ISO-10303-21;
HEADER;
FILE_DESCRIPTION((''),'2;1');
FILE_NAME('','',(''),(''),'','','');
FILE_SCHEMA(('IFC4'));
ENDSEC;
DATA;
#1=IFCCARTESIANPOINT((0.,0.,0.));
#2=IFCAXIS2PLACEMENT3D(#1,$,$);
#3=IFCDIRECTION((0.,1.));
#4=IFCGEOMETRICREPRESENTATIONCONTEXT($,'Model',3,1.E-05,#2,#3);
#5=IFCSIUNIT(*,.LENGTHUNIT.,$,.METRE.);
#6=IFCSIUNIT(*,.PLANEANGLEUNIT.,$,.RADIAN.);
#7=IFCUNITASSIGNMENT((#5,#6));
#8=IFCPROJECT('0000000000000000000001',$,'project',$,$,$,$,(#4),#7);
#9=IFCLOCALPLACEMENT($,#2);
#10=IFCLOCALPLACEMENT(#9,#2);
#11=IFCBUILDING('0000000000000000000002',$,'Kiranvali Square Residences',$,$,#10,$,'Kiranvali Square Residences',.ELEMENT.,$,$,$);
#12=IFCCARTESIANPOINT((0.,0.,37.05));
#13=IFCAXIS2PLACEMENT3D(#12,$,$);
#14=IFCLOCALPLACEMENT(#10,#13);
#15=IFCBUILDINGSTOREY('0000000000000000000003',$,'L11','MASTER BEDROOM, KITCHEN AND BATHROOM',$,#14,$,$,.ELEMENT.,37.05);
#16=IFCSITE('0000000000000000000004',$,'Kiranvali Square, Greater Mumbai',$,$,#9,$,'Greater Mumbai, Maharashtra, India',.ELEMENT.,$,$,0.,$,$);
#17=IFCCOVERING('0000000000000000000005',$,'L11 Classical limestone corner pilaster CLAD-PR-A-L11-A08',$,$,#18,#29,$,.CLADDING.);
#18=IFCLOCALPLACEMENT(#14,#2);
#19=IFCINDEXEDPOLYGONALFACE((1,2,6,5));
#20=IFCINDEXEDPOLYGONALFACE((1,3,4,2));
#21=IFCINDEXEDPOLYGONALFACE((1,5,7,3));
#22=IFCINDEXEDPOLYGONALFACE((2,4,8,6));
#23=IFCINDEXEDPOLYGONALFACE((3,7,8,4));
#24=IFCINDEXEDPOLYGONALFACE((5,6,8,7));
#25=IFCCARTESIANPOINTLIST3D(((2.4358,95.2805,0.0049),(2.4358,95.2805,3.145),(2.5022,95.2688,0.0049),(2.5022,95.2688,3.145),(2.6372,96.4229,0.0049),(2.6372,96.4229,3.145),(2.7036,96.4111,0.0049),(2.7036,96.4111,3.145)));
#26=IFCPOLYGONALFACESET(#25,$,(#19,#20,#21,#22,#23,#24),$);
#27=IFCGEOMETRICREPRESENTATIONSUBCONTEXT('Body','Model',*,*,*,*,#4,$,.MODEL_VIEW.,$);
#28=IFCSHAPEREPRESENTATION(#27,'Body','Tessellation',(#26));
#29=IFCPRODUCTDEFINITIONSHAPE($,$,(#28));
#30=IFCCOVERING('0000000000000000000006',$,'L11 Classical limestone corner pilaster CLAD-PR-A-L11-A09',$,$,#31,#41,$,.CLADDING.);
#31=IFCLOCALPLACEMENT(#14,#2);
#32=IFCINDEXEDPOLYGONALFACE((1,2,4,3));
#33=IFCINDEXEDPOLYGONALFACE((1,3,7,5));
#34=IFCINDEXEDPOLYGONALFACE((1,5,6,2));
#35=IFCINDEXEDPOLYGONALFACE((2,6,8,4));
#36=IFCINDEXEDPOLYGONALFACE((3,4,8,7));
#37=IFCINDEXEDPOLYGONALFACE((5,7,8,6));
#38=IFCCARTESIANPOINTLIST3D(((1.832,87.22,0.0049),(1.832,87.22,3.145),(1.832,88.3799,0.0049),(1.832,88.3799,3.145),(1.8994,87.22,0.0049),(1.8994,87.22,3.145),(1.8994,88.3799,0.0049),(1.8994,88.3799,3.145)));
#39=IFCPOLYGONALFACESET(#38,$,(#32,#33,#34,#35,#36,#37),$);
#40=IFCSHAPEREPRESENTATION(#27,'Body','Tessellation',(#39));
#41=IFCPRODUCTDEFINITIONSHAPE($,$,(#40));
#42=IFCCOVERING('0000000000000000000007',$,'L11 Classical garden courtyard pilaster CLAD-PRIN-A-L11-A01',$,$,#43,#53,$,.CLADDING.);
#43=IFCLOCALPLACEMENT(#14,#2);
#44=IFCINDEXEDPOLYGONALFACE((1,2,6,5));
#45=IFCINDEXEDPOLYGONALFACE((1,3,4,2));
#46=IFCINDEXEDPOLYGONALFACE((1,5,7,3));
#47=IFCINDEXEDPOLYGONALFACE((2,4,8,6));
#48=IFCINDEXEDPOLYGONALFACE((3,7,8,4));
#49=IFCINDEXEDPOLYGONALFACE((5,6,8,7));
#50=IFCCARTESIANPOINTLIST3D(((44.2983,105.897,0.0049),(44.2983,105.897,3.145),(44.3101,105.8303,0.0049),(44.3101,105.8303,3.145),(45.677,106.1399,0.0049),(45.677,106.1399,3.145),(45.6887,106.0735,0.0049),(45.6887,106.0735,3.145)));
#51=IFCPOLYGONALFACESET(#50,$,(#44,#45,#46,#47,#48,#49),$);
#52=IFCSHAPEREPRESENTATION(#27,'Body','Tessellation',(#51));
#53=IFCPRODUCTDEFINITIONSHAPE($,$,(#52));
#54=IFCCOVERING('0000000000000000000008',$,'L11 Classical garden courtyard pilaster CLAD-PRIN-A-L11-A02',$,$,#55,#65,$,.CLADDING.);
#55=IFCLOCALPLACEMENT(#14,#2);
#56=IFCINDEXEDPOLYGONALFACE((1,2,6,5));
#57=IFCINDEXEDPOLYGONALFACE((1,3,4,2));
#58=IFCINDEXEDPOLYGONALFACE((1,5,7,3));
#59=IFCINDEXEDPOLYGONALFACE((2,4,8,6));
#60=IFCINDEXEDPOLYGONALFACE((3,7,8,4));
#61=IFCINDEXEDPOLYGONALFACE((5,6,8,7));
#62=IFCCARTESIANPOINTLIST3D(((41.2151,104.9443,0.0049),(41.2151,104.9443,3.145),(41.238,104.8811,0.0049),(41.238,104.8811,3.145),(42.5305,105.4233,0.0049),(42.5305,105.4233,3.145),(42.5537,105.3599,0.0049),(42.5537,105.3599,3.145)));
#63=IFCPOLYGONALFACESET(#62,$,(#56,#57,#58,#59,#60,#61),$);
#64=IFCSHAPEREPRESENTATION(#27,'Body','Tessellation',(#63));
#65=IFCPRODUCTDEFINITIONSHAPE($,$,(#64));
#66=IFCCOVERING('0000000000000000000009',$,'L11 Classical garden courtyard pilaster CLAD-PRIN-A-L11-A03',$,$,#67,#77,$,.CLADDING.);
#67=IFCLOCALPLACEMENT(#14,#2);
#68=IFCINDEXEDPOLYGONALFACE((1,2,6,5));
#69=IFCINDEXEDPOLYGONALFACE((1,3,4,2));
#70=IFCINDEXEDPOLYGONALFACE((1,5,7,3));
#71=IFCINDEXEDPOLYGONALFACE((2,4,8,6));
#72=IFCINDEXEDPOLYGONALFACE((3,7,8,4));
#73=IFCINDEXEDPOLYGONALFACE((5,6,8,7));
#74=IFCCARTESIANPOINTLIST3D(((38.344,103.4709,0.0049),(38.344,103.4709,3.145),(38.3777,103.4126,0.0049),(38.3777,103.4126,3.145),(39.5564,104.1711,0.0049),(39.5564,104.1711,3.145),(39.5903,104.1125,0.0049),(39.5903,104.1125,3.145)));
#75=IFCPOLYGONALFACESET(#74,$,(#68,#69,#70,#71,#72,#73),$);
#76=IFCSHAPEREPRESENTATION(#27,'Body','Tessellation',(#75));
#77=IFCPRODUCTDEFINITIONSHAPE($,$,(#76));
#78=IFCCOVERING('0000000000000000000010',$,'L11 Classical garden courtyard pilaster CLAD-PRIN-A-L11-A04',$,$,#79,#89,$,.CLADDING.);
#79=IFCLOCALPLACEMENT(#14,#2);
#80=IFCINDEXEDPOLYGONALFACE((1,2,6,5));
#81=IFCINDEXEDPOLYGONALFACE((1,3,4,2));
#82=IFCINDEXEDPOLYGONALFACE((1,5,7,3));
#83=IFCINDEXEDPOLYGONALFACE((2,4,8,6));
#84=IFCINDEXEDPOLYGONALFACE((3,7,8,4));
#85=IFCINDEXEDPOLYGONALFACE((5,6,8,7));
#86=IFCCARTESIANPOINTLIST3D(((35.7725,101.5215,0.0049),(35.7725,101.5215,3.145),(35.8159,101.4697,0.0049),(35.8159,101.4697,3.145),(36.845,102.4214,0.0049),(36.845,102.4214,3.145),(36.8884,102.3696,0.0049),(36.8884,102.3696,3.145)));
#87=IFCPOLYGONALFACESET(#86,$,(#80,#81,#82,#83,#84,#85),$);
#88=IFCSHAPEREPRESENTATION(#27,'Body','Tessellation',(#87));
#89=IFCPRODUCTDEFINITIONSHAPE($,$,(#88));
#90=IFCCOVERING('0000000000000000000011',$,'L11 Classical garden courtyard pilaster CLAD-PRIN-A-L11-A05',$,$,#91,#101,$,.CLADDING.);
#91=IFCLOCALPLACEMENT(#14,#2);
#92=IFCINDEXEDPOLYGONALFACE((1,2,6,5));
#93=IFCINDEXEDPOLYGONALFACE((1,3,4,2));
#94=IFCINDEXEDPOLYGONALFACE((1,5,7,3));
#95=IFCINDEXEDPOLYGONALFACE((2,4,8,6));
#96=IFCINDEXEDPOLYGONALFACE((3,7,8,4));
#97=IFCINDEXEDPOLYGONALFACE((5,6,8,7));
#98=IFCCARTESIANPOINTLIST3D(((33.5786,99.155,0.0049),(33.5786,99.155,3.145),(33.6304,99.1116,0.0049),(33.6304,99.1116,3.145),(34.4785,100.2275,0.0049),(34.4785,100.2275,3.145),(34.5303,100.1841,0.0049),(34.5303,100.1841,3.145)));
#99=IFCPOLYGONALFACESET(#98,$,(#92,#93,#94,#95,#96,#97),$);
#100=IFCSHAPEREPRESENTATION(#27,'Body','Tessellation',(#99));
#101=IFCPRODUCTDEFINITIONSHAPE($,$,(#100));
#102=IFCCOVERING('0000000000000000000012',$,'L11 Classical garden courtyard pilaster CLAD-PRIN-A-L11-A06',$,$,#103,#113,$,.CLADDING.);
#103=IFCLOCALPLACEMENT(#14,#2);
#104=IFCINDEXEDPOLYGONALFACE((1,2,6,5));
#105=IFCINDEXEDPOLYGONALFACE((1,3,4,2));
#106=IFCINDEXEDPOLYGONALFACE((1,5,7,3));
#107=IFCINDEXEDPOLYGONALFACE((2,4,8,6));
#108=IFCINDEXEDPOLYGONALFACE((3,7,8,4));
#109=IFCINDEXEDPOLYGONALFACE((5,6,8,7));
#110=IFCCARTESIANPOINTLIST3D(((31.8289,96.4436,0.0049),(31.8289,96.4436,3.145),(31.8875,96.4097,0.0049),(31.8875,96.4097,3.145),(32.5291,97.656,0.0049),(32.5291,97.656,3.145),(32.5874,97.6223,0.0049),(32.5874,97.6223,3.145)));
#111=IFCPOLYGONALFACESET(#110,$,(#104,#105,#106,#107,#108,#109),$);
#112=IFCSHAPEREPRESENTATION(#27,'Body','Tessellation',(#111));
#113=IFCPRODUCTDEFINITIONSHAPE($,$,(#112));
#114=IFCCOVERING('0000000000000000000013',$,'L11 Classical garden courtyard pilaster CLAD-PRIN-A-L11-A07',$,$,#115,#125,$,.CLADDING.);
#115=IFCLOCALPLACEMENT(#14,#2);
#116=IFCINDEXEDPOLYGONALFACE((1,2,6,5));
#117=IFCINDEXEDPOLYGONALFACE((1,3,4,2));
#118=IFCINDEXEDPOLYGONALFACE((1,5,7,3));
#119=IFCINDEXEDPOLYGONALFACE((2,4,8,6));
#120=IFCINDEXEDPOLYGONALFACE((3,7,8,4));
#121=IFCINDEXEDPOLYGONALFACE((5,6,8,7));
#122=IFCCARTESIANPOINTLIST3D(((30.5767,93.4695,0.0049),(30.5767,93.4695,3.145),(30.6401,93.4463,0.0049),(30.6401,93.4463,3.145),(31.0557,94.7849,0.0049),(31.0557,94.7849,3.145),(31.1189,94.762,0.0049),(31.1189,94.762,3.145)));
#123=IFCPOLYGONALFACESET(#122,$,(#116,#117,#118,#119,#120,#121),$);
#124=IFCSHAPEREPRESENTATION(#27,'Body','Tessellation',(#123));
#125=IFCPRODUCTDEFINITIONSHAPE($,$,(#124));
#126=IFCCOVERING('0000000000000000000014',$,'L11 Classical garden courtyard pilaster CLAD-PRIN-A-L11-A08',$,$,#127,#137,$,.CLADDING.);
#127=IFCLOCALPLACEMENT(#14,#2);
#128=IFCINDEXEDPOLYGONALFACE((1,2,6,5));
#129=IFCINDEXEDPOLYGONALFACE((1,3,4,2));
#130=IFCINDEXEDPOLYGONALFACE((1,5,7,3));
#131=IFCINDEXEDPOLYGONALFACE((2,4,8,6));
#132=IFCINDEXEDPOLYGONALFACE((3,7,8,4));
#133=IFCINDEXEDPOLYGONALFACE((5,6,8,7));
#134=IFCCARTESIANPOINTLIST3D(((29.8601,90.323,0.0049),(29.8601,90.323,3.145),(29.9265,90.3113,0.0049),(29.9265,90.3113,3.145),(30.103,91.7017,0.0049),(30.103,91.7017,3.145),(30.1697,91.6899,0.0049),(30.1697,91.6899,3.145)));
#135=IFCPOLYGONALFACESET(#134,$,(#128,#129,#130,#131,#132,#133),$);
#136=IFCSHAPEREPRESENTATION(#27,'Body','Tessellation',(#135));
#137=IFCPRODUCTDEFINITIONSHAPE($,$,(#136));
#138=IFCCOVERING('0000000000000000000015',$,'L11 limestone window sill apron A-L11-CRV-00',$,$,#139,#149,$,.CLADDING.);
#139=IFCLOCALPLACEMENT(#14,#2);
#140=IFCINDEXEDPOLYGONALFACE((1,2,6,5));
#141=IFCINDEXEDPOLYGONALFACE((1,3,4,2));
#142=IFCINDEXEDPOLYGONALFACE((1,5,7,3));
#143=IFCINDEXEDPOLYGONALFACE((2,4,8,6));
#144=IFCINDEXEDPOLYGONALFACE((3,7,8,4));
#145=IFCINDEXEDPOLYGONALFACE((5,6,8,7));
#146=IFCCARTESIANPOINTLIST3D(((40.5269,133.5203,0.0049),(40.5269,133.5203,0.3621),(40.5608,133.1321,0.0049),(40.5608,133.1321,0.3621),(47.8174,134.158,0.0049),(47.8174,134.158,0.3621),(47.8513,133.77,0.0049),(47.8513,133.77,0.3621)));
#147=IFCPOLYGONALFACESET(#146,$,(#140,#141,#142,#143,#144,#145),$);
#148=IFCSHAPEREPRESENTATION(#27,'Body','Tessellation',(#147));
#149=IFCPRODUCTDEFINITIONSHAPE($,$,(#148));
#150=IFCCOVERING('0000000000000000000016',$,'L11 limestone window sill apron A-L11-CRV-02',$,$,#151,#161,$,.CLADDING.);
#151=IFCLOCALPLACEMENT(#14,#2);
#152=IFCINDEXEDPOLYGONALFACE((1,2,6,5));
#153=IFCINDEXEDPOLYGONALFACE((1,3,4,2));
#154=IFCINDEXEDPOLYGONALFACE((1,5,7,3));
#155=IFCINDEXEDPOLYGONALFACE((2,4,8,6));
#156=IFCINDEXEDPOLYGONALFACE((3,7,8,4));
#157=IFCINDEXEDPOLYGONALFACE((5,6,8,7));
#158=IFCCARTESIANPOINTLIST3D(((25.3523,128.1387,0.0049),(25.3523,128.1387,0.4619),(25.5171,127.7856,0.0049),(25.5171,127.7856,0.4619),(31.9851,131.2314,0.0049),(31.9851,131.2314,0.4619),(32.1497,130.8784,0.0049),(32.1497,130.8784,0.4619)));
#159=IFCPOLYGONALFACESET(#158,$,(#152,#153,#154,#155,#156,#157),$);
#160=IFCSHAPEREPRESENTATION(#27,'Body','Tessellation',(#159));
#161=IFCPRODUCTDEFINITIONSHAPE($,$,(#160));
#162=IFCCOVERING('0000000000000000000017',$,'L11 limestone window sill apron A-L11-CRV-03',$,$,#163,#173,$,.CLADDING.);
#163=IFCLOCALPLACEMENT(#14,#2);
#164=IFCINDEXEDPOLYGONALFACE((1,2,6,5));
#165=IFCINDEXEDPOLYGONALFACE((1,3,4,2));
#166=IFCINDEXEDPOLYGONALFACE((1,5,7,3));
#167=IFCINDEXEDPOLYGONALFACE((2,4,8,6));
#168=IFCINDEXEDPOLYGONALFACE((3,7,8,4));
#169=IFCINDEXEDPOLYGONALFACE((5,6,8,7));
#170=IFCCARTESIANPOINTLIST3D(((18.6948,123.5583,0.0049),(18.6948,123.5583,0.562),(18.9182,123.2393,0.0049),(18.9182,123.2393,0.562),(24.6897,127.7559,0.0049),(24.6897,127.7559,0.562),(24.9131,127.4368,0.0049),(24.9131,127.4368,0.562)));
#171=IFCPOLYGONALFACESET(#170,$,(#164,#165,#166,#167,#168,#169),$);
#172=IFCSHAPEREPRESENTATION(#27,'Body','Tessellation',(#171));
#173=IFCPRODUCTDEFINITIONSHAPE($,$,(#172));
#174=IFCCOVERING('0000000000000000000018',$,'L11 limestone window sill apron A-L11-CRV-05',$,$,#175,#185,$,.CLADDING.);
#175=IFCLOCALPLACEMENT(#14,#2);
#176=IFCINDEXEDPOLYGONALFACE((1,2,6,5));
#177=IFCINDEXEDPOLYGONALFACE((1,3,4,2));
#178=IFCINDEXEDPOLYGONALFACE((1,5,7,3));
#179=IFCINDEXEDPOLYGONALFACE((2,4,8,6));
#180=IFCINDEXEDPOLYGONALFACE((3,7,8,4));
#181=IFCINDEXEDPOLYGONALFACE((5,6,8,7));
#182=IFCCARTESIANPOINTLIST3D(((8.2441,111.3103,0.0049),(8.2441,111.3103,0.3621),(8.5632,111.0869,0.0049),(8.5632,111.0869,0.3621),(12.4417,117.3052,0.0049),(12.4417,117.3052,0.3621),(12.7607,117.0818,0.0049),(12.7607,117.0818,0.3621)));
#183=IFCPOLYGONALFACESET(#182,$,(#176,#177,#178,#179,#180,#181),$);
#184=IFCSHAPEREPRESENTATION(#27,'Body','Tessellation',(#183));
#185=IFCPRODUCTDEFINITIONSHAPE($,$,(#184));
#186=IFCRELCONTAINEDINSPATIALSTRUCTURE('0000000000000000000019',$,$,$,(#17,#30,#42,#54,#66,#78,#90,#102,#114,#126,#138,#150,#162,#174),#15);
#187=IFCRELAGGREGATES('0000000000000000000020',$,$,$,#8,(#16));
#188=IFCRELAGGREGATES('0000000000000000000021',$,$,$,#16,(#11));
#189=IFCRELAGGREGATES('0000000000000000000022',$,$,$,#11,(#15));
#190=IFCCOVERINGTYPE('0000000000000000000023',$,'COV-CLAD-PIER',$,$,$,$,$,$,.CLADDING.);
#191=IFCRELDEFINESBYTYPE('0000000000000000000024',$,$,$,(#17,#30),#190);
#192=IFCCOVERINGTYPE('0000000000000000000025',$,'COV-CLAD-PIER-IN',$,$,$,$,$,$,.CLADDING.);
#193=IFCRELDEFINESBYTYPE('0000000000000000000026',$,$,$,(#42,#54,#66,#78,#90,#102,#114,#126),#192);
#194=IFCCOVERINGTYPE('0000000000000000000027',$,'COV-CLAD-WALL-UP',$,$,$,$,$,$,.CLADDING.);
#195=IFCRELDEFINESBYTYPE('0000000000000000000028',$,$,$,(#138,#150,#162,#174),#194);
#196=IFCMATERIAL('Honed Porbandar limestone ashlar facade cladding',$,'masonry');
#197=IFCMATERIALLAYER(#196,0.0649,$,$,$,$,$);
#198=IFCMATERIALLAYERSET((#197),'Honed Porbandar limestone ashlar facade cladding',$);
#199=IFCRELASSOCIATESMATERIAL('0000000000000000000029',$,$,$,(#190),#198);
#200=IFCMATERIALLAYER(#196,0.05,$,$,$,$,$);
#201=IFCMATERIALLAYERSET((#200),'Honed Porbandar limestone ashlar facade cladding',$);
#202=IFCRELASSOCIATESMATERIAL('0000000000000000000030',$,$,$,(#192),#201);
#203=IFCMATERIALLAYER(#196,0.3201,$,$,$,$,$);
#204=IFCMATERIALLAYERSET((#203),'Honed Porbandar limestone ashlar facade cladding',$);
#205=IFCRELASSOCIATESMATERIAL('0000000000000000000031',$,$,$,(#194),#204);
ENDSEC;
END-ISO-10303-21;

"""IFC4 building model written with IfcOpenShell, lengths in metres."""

from ifc_helpers import new_model, si_unit, direction, frame, origin, place, context, subcontext, project, spatial, polyline, outline, extrude, material, layer, layer_set, type_object, element, save


model = new_model("IFC4")

# Units and contexts
model_context = context("Model", 3, precision=1e-05, world=origin(), true_north=direction((0.0, 1.0)))
body_context = subcontext(model_context, "Body", "Model", "MODEL_VIEW")
ifc_project = project(units=[si_unit("LENGTHUNIT", "METRE"), si_unit("PLANEANGLEUNIT", "RADIAN")], contexts=[model_context])

# Site, building, storey
site_placement = place(None, origin())
site = spatial("IfcSite", under=ifc_project, at=site_placement, Name="Kiranvali Square, Greater Mumbai", LongName="Greater Mumbai, Maharashtra, India", CompositionType="ELEMENT", RefElevation=0.0)
building_placement = place(site_placement, origin())
building = spatial("IfcBuilding", under=site, at=building_placement, Name="Kiranvali Square Residences", LongName="Kiranvali Square Residences", CompositionType="ELEMENT")
storey_placement = place(building_placement, frame((0.0, 0.0, 37.05)))
storey = spatial("IfcBuildingStorey", under=building, at=storey_placement, Name="L11", Description="MASTER BEDROOM, KITCHEN AND BATHROOM", CompositionType="ELEMENT", Elevation=37.05)

# Coverings
ifc_material = material(Name="Honed Porbandar limestone ashlar facade cladding", Category="masonry")
ifc_layer_1 = layer(ifc_material, 0.0649)
ifc_layer_set_1 = layer_set([ifc_layer_1], Name="Honed Porbandar limestone ashlar facade cladding")
covering_type_1 = type_object("IfcCoveringType", Name="COV-CLAD-PIER", PredefinedType="CLADDING", material=ifc_layer_set_1)
covering_1_placement = place(storey_placement, frame((0.0, 0.0, 0.0049)))
element("IfcCovering", 1, at=covering_1_placement, inside=storey, type_object=covering_type_1, Name="L11 Classical limestone corner pilaster CLAD-PR-A-L11-A08", PredefinedType="CLADDING", context=body_context, shape_type="SweptSolid", body=[
    extrude(outline(polyline([(2.6372, 96.4229), (2.4358, 95.2805), (2.5022, 95.2688), (2.7036, 96.4111), (2.6372, 96.4229)])), origin(), (0.0, 0.0, 1.0), 3.1401),
])
covering_2_placement = place(storey_placement, frame((0.0, 0.0, 0.0049)))
element("IfcCovering", 2, at=covering_2_placement, inside=storey, type_object=covering_type_1, Name="L11 Classical limestone corner pilaster CLAD-PR-A-L11-A09", PredefinedType="CLADDING", context=body_context, shape_type="SweptSolid", body=[
    extrude(outline(polyline([(1.832, 88.3799), (1.832, 87.22), (1.8994, 87.22), (1.8994, 88.3799), (1.832, 88.3799)])), origin(), (0.0, 0.0, 1.0), 3.1401),
])
ifc_layer_2 = layer(ifc_material, 0.05)
ifc_layer_set_2 = layer_set([ifc_layer_2], Name="Honed Porbandar limestone ashlar facade cladding")
covering_type_2 = type_object("IfcCoveringType", Name="COV-CLAD-PIER-IN", PredefinedType="CLADDING", material=ifc_layer_set_2)
covering_3_placement = place(storey_placement, frame((0.0, 0.0, 0.0049)))
element("IfcCovering", 3, at=covering_3_placement, inside=storey, type_object=covering_type_2, Name="L11 Classical garden courtyard pilaster CLAD-PRIN-A-L11-A01", PredefinedType="CLADDING", context=body_context, shape_type="SweptSolid", body=[
    extrude(outline(polyline([(44.3101, 105.8303), (45.6887, 106.0735), (45.677, 106.1399), (44.2983, 105.897), (44.3101, 105.8303)])), origin(), (0.0, 0.0, 1.0), 3.1401),
])
covering_4_placement = place(storey_placement, frame((0.0, 0.0, 0.0049)))
element("IfcCovering", 4, at=covering_4_placement, inside=storey, type_object=covering_type_2, Name="L11 Classical garden courtyard pilaster CLAD-PRIN-A-L11-A02", PredefinedType="CLADDING", context=body_context, shape_type="SweptSolid", body=[
    extrude(outline(polyline([(41.238, 104.8811), (42.5537, 105.3599), (42.5305, 105.4233), (41.2151, 104.9443), (41.238, 104.8811)])), origin(), (0.0, 0.0, 1.0), 3.1401),
])
covering_5_placement = place(storey_placement, frame((0.0, 0.0, 0.0049)))
element("IfcCovering", 5, at=covering_5_placement, inside=storey, type_object=covering_type_2, Name="L11 Classical garden courtyard pilaster CLAD-PRIN-A-L11-A03", PredefinedType="CLADDING", context=body_context, shape_type="SweptSolid", body=[
    extrude(outline(polyline([(38.3777, 103.4126), (39.5903, 104.1125), (39.5564, 104.1711), (38.344, 103.4709), (38.3777, 103.4126)])), origin(), (0.0, 0.0, 1.0), 3.1401),
])
covering_6_placement = place(storey_placement, frame((0.0, 0.0, 0.0049)))
element("IfcCovering", 6, at=covering_6_placement, inside=storey, type_object=covering_type_2, Name="L11 Classical garden courtyard pilaster CLAD-PRIN-A-L11-A04", PredefinedType="CLADDING", context=body_context, shape_type="SweptSolid", body=[
    extrude(outline(polyline([(35.8159, 101.4697), (36.8884, 102.3696), (36.845, 102.4214), (35.7725, 101.5215), (35.8159, 101.4697)])), origin(), (0.0, 0.0, 1.0), 3.1401),
])
covering_7_placement = place(storey_placement, frame((0.0, 0.0, 0.0049)))
element("IfcCovering", 7, at=covering_7_placement, inside=storey, type_object=covering_type_2, Name="L11 Classical garden courtyard pilaster CLAD-PRIN-A-L11-A05", PredefinedType="CLADDING", context=body_context, shape_type="SweptSolid", body=[
    extrude(outline(polyline([(33.6304, 99.1116), (34.5303, 100.1841), (34.4785, 100.2275), (33.5786, 99.155), (33.6304, 99.1116)])), origin(), (0.0, 0.0, 1.0), 3.1401),
])
covering_8_placement = place(storey_placement, frame((0.0, 0.0, 0.0049)))
element("IfcCovering", 8, at=covering_8_placement, inside=storey, type_object=covering_type_2, Name="L11 Classical garden courtyard pilaster CLAD-PRIN-A-L11-A06", PredefinedType="CLADDING", context=body_context, shape_type="SweptSolid", body=[
    extrude(outline(polyline([(31.8875, 96.4097), (32.5874, 97.6223), (32.5291, 97.656), (31.8289, 96.4436), (31.8875, 96.4097)])), origin(), (0.0, 0.0, 1.0), 3.1401),
])
covering_9_placement = place(storey_placement, frame((0.0, 0.0, 0.0049)))
element("IfcCovering", 9, at=covering_9_placement, inside=storey, type_object=covering_type_2, Name="L11 Classical garden courtyard pilaster CLAD-PRIN-A-L11-A07", PredefinedType="CLADDING", context=body_context, shape_type="SweptSolid", body=[
    extrude(outline(polyline([(30.6401, 93.4463), (31.1189, 94.762), (31.0557, 94.7849), (30.5767, 93.4695), (30.6401, 93.4463)])), origin(), (0.0, 0.0, 1.0), 3.1401),
])
covering_10_placement = place(storey_placement, frame((0.0, 0.0, 0.0049)))
element("IfcCovering", 10, at=covering_10_placement, inside=storey, type_object=covering_type_2, Name="L11 Classical garden courtyard pilaster CLAD-PRIN-A-L11-A08", PredefinedType="CLADDING", context=body_context, shape_type="SweptSolid", body=[
    extrude(outline(polyline([(29.9265, 90.3113), (30.1697, 91.6899), (30.103, 91.7017), (29.8601, 90.323), (29.9265, 90.3113)])), origin(), (0.0, 0.0, 1.0), 3.1401),
])
ifc_layer_3 = layer(ifc_material, 0.3201)
ifc_layer_set_3 = layer_set([ifc_layer_3], Name="Honed Porbandar limestone ashlar facade cladding")
covering_type_3 = type_object("IfcCoveringType", Name="COV-CLAD-WALL-UP", PredefinedType="CLADDING", material=ifc_layer_set_3)
covering_11_placement = place(storey_placement, frame((0.0, 0.0, 0.0049)))
element("IfcCovering", 11, at=covering_11_placement, inside=storey, type_object=covering_type_3, Name="L11 limestone window sill apron A-L11-CRV-00", PredefinedType="CLADDING", context=body_context, shape_type="SweptSolid", body=[
    extrude(outline(polyline([(47.8174, 134.158), (40.5269, 133.5203), (40.5608, 133.1321), (47.8513, 133.77), (47.8174, 134.158)])), origin(), (0.0, 0.0, 1.0), 0.3572),
])
covering_12_placement = place(storey_placement, frame((0.0, 0.0, 0.0049)))
element("IfcCovering", 12, at=covering_12_placement, inside=storey, type_object=covering_type_3, Name="L11 limestone window sill apron A-L11-CRV-02", PredefinedType="CLADDING", context=body_context, shape_type="SweptSolid", body=[
    extrude(outline(polyline([(31.9851, 131.2314), (25.3523, 128.1387), (25.5171, 127.7856), (32.1497, 130.8784), (31.9851, 131.2314)])), origin(), (0.0, 0.0, 1.0), 0.457),
])
covering_13_placement = place(storey_placement, frame((0.0, 0.0, 0.0049)))
element("IfcCovering", 13, at=covering_13_placement, inside=storey, type_object=covering_type_3, Name="L11 limestone window sill apron A-L11-CRV-03", PredefinedType="CLADDING", context=body_context, shape_type="SweptSolid", body=[
    extrude(outline(polyline([(24.6897, 127.7559), (18.6948, 123.5583), (18.9182, 123.2393), (24.9131, 127.4368), (24.6897, 127.7559)])), origin(), (0.0, 0.0, 1.0), 0.5571),
])
covering_14_placement = place(storey_placement, frame((0.0, 0.0, 0.0049)))
element("IfcCovering", 14, at=covering_14_placement, inside=storey, type_object=covering_type_3, Name="L11 limestone window sill apron A-L11-CRV-05", PredefinedType="CLADDING", context=body_context, shape_type="SweptSolid", body=[
    extrude(outline(polyline([(12.4417, 117.3052), (8.2441, 111.3103), (8.5632, 111.0869), (12.7607, 117.0818), (12.4417, 117.3052)])), origin(), (0.0, 0.0, 1.0), 0.3572),
])

save(model, "model.ifc")
